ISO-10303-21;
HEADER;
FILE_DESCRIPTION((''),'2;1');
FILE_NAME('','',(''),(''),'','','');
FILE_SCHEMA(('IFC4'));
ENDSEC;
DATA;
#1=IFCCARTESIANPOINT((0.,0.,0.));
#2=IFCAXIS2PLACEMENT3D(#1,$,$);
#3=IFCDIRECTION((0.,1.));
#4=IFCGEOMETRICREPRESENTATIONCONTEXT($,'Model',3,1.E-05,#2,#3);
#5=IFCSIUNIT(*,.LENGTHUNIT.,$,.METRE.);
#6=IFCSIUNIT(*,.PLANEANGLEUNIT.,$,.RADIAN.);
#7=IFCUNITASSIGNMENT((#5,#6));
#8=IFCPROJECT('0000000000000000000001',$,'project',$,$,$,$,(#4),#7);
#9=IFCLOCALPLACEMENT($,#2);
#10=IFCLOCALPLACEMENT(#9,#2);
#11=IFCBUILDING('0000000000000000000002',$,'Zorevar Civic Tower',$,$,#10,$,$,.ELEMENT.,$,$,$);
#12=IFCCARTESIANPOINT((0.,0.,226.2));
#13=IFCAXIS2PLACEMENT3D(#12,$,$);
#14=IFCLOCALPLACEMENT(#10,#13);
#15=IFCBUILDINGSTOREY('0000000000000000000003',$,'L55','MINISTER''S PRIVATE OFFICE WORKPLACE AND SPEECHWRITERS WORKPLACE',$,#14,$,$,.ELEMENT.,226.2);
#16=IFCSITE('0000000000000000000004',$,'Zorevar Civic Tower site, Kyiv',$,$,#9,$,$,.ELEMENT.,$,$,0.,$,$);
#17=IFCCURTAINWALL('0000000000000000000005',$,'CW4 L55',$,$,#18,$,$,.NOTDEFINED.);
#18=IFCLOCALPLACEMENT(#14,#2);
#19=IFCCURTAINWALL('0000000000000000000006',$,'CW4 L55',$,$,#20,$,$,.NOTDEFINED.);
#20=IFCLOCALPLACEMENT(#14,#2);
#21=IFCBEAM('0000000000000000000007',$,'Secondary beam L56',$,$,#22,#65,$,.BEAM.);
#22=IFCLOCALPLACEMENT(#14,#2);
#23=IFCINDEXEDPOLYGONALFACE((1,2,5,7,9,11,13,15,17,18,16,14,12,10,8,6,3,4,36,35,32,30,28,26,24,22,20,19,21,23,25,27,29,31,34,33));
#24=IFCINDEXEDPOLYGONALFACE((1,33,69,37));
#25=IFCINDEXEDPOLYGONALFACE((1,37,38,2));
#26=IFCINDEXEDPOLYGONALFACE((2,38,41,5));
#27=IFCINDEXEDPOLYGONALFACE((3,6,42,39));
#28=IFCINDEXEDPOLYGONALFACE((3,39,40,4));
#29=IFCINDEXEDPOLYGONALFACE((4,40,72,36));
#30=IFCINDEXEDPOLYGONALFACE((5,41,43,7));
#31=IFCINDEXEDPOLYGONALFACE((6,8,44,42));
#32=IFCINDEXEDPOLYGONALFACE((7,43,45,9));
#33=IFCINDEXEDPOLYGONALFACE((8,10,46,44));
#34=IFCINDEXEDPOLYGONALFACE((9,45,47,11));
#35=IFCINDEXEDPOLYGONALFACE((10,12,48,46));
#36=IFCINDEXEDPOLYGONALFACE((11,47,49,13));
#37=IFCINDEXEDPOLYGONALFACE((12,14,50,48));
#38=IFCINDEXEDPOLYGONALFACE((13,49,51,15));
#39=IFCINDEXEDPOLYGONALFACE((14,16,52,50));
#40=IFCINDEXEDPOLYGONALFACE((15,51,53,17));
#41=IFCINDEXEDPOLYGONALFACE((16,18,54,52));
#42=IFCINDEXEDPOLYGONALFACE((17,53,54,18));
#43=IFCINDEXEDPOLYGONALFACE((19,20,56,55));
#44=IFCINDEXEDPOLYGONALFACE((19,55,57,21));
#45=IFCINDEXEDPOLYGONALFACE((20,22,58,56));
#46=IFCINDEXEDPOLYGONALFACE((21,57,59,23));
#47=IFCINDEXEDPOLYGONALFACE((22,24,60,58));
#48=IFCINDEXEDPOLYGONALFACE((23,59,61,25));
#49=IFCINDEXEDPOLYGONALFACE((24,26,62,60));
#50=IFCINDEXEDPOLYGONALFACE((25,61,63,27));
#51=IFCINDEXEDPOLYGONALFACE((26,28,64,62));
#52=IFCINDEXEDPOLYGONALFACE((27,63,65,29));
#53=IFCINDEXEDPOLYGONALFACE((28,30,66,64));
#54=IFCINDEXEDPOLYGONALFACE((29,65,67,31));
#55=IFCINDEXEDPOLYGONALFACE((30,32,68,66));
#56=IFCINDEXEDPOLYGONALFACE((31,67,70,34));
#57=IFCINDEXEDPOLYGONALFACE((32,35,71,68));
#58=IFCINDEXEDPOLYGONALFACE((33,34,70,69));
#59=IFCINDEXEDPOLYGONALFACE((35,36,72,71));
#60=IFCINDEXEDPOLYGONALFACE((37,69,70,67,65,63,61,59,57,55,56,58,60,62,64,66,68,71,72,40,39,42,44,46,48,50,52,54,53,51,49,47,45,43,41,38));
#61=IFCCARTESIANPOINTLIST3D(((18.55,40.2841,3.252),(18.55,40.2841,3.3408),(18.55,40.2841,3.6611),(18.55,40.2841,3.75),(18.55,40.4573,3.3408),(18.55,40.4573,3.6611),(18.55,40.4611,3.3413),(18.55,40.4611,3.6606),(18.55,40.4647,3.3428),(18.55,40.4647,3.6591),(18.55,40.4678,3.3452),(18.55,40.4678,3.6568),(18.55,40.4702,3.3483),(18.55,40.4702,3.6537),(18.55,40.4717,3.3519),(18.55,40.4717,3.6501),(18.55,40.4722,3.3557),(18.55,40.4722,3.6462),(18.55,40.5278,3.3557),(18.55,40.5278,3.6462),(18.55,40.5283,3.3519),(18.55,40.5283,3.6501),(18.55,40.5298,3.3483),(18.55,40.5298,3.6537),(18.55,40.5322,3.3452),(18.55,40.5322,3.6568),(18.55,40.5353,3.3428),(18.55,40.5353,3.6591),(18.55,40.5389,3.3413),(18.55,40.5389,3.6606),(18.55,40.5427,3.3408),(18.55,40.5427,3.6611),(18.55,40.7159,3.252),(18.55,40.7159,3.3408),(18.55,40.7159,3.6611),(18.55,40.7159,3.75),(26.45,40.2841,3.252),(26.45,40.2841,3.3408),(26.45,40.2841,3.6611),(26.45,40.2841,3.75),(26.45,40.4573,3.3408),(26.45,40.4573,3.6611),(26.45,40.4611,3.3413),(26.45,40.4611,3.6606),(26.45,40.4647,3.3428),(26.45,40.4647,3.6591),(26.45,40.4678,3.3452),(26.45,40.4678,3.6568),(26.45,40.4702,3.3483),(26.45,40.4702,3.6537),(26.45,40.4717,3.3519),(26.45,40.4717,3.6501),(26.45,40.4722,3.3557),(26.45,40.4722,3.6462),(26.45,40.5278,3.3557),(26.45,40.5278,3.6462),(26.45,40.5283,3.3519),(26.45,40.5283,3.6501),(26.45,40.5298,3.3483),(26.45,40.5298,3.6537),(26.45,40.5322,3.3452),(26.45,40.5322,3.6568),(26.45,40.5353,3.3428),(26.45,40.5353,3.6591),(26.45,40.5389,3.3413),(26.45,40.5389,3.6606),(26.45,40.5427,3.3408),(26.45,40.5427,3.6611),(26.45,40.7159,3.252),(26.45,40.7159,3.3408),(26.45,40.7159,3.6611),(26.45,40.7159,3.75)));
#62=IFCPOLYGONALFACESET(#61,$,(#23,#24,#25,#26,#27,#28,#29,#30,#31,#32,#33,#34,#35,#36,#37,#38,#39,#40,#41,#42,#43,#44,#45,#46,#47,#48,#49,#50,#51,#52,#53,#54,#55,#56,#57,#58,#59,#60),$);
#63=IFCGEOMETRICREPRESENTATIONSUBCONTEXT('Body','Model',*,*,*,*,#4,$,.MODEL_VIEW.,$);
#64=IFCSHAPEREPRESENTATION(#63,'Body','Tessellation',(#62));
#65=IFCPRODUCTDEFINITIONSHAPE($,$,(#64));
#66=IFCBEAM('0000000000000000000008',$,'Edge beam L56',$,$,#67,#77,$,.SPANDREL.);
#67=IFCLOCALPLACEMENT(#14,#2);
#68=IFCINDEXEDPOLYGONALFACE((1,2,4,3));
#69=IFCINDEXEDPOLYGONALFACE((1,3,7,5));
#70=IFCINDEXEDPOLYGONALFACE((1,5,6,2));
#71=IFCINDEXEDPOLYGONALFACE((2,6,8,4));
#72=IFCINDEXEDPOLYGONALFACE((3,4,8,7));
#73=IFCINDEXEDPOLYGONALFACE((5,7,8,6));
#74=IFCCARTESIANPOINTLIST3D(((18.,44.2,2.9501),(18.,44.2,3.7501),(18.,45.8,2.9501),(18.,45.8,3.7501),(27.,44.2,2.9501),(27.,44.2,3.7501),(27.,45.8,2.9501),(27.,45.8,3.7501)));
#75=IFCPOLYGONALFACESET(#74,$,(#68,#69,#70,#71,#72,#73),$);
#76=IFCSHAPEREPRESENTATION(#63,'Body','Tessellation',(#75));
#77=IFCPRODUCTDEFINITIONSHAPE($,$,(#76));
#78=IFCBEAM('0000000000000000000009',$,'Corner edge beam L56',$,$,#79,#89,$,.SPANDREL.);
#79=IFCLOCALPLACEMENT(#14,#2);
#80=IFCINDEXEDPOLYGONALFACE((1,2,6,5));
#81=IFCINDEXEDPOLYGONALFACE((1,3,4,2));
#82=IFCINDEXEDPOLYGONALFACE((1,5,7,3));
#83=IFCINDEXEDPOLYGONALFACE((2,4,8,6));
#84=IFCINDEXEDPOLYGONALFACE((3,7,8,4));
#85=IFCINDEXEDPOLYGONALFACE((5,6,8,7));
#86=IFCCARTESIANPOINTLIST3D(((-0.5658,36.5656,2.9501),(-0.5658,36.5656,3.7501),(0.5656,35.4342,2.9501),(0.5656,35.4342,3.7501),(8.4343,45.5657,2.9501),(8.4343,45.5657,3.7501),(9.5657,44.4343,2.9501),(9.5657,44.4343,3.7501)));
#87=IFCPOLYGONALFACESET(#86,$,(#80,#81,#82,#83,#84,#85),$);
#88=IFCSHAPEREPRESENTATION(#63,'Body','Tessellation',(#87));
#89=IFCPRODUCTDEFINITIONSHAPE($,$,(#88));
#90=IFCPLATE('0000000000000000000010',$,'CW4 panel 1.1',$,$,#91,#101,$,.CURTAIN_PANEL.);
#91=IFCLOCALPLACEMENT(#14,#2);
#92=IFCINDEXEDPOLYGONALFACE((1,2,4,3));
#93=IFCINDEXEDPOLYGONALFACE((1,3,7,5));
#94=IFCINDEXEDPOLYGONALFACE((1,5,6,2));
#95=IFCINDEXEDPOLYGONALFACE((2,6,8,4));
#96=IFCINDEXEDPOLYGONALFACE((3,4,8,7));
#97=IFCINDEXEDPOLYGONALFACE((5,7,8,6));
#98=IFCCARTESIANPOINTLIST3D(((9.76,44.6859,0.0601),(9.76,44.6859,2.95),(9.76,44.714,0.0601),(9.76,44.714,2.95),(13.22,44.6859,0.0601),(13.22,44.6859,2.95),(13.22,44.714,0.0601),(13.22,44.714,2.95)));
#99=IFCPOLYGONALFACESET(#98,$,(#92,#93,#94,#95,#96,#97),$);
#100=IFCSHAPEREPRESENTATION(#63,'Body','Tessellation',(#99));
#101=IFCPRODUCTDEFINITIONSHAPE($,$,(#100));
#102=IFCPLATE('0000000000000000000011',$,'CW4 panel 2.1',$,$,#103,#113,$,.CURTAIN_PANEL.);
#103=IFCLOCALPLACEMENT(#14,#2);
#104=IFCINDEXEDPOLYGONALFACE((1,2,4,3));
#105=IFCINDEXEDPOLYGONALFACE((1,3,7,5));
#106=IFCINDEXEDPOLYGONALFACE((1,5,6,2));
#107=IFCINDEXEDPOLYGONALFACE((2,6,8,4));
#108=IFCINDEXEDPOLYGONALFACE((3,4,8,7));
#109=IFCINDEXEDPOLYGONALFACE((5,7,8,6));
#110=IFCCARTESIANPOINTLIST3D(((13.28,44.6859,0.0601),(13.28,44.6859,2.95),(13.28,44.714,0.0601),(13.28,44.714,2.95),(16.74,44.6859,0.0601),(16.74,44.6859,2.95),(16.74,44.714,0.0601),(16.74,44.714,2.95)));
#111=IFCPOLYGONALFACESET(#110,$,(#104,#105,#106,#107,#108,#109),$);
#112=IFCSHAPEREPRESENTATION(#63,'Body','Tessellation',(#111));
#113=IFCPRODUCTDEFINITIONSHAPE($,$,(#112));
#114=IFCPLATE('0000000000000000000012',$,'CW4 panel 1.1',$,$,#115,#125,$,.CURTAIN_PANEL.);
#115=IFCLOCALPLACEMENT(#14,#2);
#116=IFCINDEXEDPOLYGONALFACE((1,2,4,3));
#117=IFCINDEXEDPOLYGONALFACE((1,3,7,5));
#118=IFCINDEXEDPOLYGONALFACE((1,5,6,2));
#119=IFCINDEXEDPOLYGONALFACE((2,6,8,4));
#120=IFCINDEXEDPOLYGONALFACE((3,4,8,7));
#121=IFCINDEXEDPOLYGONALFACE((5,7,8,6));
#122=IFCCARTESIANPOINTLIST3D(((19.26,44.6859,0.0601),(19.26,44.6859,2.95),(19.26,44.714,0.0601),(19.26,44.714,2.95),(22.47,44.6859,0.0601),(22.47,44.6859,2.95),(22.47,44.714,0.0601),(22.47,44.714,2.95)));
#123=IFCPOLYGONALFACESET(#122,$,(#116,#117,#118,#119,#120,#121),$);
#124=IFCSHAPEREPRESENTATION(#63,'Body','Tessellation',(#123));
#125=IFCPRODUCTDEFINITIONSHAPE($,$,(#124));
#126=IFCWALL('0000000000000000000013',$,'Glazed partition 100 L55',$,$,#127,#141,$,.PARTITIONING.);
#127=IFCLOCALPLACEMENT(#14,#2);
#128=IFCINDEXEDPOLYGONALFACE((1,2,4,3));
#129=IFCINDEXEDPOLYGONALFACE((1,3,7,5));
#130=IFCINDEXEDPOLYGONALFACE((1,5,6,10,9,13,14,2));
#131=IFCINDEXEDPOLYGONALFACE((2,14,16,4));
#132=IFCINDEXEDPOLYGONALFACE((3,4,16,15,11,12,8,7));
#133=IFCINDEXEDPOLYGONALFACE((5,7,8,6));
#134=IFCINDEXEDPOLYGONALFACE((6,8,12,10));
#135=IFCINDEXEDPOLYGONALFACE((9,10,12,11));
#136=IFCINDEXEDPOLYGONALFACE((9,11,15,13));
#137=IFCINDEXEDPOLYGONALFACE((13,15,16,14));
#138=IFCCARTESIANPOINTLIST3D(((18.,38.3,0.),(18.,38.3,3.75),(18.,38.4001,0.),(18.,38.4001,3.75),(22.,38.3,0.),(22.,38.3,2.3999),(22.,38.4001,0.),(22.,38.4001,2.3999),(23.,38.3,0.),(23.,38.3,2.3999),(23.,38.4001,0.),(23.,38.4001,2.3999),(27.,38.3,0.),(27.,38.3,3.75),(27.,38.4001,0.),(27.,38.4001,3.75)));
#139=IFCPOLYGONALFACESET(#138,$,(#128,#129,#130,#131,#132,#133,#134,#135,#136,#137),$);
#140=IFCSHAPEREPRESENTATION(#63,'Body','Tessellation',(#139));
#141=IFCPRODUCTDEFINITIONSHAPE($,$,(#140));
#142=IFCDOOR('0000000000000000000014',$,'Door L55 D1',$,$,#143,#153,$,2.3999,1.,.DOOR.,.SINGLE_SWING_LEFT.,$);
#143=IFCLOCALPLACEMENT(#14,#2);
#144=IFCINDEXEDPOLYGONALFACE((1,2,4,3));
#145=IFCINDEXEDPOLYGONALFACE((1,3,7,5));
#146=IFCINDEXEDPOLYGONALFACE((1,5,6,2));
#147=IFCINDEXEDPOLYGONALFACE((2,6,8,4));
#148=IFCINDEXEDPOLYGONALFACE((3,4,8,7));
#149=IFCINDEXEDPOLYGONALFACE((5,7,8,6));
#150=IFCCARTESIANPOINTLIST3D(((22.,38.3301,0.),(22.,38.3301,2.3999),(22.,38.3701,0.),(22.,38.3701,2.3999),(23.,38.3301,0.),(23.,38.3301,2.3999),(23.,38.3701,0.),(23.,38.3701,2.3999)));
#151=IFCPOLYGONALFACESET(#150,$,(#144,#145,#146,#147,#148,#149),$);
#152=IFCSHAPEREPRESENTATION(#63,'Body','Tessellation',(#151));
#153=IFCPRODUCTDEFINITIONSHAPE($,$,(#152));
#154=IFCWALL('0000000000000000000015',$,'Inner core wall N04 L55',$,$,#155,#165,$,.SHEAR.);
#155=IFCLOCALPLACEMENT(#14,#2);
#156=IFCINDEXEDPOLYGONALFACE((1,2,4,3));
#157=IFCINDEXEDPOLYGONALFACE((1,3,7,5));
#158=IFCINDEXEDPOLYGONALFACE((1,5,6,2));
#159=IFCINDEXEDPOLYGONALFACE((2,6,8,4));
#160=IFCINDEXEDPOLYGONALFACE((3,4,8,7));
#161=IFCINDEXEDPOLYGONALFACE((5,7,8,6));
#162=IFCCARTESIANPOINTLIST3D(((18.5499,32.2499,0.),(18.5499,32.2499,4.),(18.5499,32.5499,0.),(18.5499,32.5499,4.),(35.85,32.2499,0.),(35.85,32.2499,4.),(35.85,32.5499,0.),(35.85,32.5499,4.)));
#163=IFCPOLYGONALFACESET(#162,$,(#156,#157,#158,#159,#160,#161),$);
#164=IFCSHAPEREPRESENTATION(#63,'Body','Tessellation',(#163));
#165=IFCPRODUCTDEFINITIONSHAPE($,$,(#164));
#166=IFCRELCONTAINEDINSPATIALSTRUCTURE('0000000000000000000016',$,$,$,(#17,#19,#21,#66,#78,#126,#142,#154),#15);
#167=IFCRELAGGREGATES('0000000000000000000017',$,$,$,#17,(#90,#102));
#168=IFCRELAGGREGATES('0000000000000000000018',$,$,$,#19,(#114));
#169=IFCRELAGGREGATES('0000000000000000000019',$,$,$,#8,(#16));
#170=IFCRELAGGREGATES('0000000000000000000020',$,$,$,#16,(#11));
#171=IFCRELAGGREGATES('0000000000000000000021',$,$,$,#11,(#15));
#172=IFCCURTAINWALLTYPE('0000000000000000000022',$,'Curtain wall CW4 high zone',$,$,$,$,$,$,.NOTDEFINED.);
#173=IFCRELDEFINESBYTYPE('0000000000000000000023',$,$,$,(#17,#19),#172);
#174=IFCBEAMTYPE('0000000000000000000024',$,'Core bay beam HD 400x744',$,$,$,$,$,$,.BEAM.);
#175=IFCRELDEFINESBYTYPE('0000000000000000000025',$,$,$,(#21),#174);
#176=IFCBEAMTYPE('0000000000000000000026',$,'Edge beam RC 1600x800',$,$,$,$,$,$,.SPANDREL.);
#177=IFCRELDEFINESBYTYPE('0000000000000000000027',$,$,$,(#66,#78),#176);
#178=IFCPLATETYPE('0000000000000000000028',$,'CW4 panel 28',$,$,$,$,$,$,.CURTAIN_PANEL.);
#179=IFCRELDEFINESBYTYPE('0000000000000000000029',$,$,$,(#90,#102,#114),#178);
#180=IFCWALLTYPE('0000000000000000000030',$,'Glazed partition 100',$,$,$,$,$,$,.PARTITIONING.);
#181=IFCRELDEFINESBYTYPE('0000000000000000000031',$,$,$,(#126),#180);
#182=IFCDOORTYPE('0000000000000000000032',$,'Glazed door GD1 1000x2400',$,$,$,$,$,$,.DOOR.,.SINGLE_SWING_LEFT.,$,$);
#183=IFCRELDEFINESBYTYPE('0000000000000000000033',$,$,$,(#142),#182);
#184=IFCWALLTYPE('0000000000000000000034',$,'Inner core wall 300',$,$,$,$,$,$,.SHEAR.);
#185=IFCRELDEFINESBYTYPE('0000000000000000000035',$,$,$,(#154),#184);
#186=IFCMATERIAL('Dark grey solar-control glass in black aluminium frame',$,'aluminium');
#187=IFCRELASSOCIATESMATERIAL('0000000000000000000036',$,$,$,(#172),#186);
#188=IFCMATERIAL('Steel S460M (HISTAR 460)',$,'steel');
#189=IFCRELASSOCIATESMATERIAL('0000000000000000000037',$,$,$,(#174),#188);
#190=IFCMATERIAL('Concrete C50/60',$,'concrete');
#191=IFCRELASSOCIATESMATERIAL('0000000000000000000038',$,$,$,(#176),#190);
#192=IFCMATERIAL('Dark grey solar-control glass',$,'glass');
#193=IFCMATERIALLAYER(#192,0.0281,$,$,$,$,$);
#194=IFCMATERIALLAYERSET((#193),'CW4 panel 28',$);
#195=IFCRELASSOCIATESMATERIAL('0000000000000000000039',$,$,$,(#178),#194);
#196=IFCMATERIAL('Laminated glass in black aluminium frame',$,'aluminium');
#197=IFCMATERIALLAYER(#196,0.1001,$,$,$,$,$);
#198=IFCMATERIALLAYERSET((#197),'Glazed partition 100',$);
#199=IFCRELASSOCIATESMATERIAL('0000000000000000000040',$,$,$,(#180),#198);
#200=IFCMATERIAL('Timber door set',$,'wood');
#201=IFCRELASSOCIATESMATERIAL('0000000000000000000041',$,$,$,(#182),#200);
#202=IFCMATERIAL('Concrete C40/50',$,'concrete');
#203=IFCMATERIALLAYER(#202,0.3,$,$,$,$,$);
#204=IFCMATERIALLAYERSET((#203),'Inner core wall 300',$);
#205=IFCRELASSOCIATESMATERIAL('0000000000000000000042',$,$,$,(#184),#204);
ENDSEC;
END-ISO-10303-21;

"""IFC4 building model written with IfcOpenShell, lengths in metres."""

from ifc_helpers import new_model, si_unit, direction, frame, frame_2d, origin, origin_2d, place, context, subcontext, project, spatial, rectangle, i_section, extrude, material, layer, layer_set, material_profile, profile_set, type_object, element, fill, aggregate, save


model = new_model("IFC4")

# Units and contexts
model_context = context("Model", 3, precision=1e-05, world=origin(), true_north=direction((0.0, 1.0)))
body_context = subcontext(model_context, "Body", "Model", "MODEL_VIEW")
ifc_project = project(units=[si_unit("LENGTHUNIT", "METRE"), si_unit("PLANEANGLEUNIT", "RADIAN")], contexts=[model_context])

# Site, building, storey
site_placement = place(None, origin())
site = spatial("IfcSite", under=ifc_project, at=site_placement, Name="Zorevar Civic Tower site, Kyiv", CompositionType="ELEMENT", RefElevation=0.0)
building_placement = place(site_placement, origin())
building = spatial("IfcBuilding", under=site, at=building_placement, Name="Zorevar Civic Tower", CompositionType="ELEMENT")
storey_placement = place(building_placement, frame((0.0, 0.0, 226.2)))
storey = spatial("IfcBuildingStorey", under=building, at=storey_placement, Name="L55", Description="MINISTER'S PRIVATE OFFICE WORKPLACE AND SPEECHWRITERS WORKPLACE", CompositionType="ELEMENT", Elevation=226.2)

# Curtain wall
ifc_material_1 = material(Name="Dark grey solar-control glass in black aluminium frame", Category="aluminium")
curtain_wall_type = type_object("IfcCurtainWallType", Name="Curtain wall CW4 high zone", PredefinedType="NOTDEFINED", material=ifc_material_1)
curtain_wall_1_placement = place(storey_placement, origin())
curtain_wall_1 = element("IfcCurtainWall", 1, at=curtain_wall_1_placement, inside=storey, type_object=curtain_wall_type, Name="CW4 L55", PredefinedType="NOTDEFINED")

# Curtain wall
curtain_wall_2_placement = place(storey_placement, origin())
curtain_wall_2 = element("IfcCurtainWall", 2, at=curtain_wall_2_placement, inside=storey, type_object=curtain_wall_type, Name="CW4 L55", PredefinedType="NOTDEFINED")

# Beams
ifc_material_2 = material(Name="Steel S460M (HISTAR 460)", Category="steel")
ifc_material_profile_1 = material_profile(ifc_material_2, i_section(OverallWidth=0.4319, OverallDepth=0.498, WebThickness=0.0557, FlangeThickness=0.0889, FilletRadius=0.0149, at=origin_2d()), Name="HD 400x744")
ifc_profile_set_1 = profile_set([ifc_material_profile_1], Name="Steel S460M (HISTAR 460)")
beam_type_1 = type_object("IfcBeamType", Name="Core bay beam HD 400x744", PredefinedType="BEAM", material=ifc_profile_set_1)
beam_1_placement = place(storey_placement, frame((18.55, 40.5, 3.501), z_axis=(1.0, 0.0, 0.0), x_axis=(0.0, 1.0, 0.0)))
element("IfcBeam", 3, at=beam_1_placement, inside=storey, type_object=beam_type_1, Name="Secondary beam L56", PredefinedType="BEAM", context=body_context, shape_type="SweptSolid", body=[
    extrude(i_section(OverallWidth=0.4319, OverallDepth=0.498, WebThickness=0.0557, FlangeThickness=0.0889, FilletRadius=0.0149, at=origin_2d()), origin(), (0.0, 0.0, 1.0), 7.8999),
])
ifc_material_3 = material(Name="Concrete C50/60", Category="concrete")
ifc_material_profile_2 = material_profile(ifc_material_3, rectangle(XDim=1.6001, YDim=0.8, at=origin_2d()), Name="RC 1600x800")
ifc_profile_set_2 = profile_set([ifc_material_profile_2], Name="Concrete C50/60")
beam_type_2 = type_object("IfcBeamType", Name="Edge beam RC 1600x800", PredefinedType="SPANDREL", material=ifc_profile_set_2)
beam_2_placement = place(storey_placement, frame((18.0, 45.0, 3.3501), z_axis=(1.0, 0.0, 0.0), x_axis=(0.0, 1.0, 0.0)))
element("IfcBeam", 4, at=beam_2_placement, inside=storey, type_object=beam_type_2, Name="Edge beam L56", PredefinedType="SPANDREL", context=body_context, shape_type="SweptSolid", body=[
    extrude(rectangle(XDim=1.6001, YDim=0.8, at=origin_2d()), origin(), (0.0, 0.0, 1.0), 9.0),
])
beam_3_placement = place(storey_placement, frame((9.0, 45.0, 3.3501), z_axis=(-0.707107, -0.707107, 0.0), x_axis=(0.707107, -0.707107, 0.0)))
element("IfcBeam", 5, at=beam_3_placement, inside=storey, type_object=beam_type_2, Name="Corner edge beam L56", PredefinedType="SPANDREL", context=body_context, shape_type="SweptSolid", body=[
    extrude(rectangle(XDim=1.6001, YDim=0.8, at=origin_2d()), origin(), (0.0, 0.0, 1.0), 12.728),
])

# Plates
ifc_material_4 = material(Name="Dark grey solar-control glass", Category="glass")
ifc_layer_1 = layer(ifc_material_4, 0.0281)
ifc_layer_set_1 = layer_set([ifc_layer_1], Name="CW4 panel 28")
plate_type = type_object("IfcPlateType", Name="CW4 panel 28", PredefinedType="CURTAIN_PANEL", material=ifc_layer_set_1)
plate_1_placement = place(storey_placement, frame((11.49, 44.7, 0.0601), z_axis=(0.0, 0.0, 1.0), x_axis=(1.0, 0.0, 0.0)))
plate_1 = element("IfcPlate", 6, at=plate_1_placement, type_object=plate_type, Name="CW4 panel 1.1", PredefinedType="CURTAIN_PANEL", context=body_context, shape_type="SweptSolid", body=[
    extrude(rectangle(XDim=3.46, YDim=0.0281, at=origin_2d()), origin(), (0.0, 0.0, 1.0), 2.8899),
])
plate_2_placement = place(storey_placement, frame((15.01, 44.7, 0.0601), z_axis=(0.0, 0.0, 1.0), x_axis=(1.0, 0.0, 0.0)))
plate_2 = element("IfcPlate", 7, at=plate_2_placement, type_object=plate_type, Name="CW4 panel 2.1", PredefinedType="CURTAIN_PANEL", context=body_context, shape_type="SweptSolid", body=[
    extrude(rectangle(XDim=3.46, YDim=0.0281, at=origin_2d()), origin(), (0.0, 0.0, 1.0), 2.8899),
])
aggregate(curtain_wall_1, [plate_1, plate_2])
plate_3_placement = place(storey_placement, frame((20.865, 44.7, 0.0601), z_axis=(0.0, 0.0, 1.0), x_axis=(1.0, 0.0, 0.0)))
plate_3 = element("IfcPlate", 8, at=plate_3_placement, type_object=plate_type, Name="CW4 panel 1.1", PredefinedType="CURTAIN_PANEL", context=body_context, shape_type="SweptSolid", body=[
    extrude(rectangle(XDim=3.21, YDim=0.0281, at=origin_2d()), origin(), (0.0, 0.0, 1.0), 2.8899),
])
aggregate(curtain_wall_2, [plate_3])

# Wall, opening, door
ifc_material_5 = material(Name="Laminated glass in black aluminium frame", Category="aluminium")
ifc_layer_2 = layer(ifc_material_5, 0.1001)
ifc_layer_set_2 = layer_set([ifc_layer_2], Name="Glazed partition 100")
wall_type_1 = type_object("IfcWallType", Name="Glazed partition 100", PredefinedType="PARTITIONING", material=ifc_layer_set_2)
wall_1_placement = place(storey_placement, frame((18.0, 38.3501, 0.0), z_axis=(0.0, 0.0, 1.0), x_axis=(1.0, 0.0, 0.0)))
wall_1 = element("IfcWall", 9, at=wall_1_placement, inside=storey, type_object=wall_type_1, Name="Glazed partition 100 L55", PredefinedType="PARTITIONING", context=body_context, shape_type="SweptSolid", body=[
    extrude(rectangle(XDim=9.0, YDim=0.1001, at=frame_2d((4.5, 0.0))), origin(), (0.0, 0.0, 1.0), 3.75),
])
opening_1_placement = place(wall_1_placement, frame((4.0, 0.0, 0.0)))
opening_1 = element("IfcOpeningElement", 10, at=opening_1_placement, cuts=wall_1, PredefinedType="OPENING", context=body_context, shape_type="SweptSolid", body=[
    extrude(rectangle(XDim=1.0, YDim=2.3999, at=frame_2d((0.5, 1.2))), frame((0.0, 0.0601, 0.0), z_axis=(0.0, -1.0, 0.0), x_axis=(1.0, 0.0, 0.0)), (0.0, 0.0, 1.0), 0.1201),
])
ifc_material_6 = material(Name="Timber door set", Category="wood")
door_type_1 = type_object("IfcDoorType", Name="Glazed door GD1 1000x2400", OperationType="SINGLE_SWING_LEFT", PredefinedType="DOOR", material=ifc_material_6)
door_1_placement = place(opening_1_placement, origin())
door_1 = element("IfcDoor", 11, at=door_1_placement, inside=storey, type_object=door_type_1, Name="Door L55 D1", OperationType="SINGLE_SWING_LEFT", OverallHeight=2.3999, OverallWidth=1.0, PredefinedType="DOOR", context=body_context, shape_type="SweptSolid", body=[
    extrude(rectangle(XDim=1.0, YDim=2.3999, at=frame_2d((0.5, 1.2))), frame((0.0, 0.02, 0.0), z_axis=(0.0, -1.0, 0.0), x_axis=(1.0, 0.0, 0.0)), (0.0, 0.0, 1.0), 0.04),
])
fill(opening_1, door_1)

# Wall
ifc_material_7 = material(Name="Concrete C40/50", Category="concrete")
ifc_layer_3 = layer(ifc_material_7, 0.3)
ifc_layer_set_3 = layer_set([ifc_layer_3], Name="Inner core wall 300")
wall_type_2 = type_object("IfcWallType", Name="Inner core wall 300", PredefinedType="SHEAR", material=ifc_layer_set_3)
wall_2_placement = place(storey_placement, frame((18.55, 32.3999, 0.0), z_axis=(0.0, 0.0, 1.0), x_axis=(1.0, 0.0, 0.0)))
element("IfcWall", 12, at=wall_2_placement, inside=storey, type_object=wall_type_2, Name="Inner core wall N04 L55", PredefinedType="SHEAR", context=body_context, shape_type="SweptSolid", body=[
    extrude(rectangle(XDim=17.3, YDim=0.3, at=frame_2d((8.6499, 0.0))), origin(), (0.0, 0.0, 1.0), 4.0),
])

save(model, "model.ifc")
